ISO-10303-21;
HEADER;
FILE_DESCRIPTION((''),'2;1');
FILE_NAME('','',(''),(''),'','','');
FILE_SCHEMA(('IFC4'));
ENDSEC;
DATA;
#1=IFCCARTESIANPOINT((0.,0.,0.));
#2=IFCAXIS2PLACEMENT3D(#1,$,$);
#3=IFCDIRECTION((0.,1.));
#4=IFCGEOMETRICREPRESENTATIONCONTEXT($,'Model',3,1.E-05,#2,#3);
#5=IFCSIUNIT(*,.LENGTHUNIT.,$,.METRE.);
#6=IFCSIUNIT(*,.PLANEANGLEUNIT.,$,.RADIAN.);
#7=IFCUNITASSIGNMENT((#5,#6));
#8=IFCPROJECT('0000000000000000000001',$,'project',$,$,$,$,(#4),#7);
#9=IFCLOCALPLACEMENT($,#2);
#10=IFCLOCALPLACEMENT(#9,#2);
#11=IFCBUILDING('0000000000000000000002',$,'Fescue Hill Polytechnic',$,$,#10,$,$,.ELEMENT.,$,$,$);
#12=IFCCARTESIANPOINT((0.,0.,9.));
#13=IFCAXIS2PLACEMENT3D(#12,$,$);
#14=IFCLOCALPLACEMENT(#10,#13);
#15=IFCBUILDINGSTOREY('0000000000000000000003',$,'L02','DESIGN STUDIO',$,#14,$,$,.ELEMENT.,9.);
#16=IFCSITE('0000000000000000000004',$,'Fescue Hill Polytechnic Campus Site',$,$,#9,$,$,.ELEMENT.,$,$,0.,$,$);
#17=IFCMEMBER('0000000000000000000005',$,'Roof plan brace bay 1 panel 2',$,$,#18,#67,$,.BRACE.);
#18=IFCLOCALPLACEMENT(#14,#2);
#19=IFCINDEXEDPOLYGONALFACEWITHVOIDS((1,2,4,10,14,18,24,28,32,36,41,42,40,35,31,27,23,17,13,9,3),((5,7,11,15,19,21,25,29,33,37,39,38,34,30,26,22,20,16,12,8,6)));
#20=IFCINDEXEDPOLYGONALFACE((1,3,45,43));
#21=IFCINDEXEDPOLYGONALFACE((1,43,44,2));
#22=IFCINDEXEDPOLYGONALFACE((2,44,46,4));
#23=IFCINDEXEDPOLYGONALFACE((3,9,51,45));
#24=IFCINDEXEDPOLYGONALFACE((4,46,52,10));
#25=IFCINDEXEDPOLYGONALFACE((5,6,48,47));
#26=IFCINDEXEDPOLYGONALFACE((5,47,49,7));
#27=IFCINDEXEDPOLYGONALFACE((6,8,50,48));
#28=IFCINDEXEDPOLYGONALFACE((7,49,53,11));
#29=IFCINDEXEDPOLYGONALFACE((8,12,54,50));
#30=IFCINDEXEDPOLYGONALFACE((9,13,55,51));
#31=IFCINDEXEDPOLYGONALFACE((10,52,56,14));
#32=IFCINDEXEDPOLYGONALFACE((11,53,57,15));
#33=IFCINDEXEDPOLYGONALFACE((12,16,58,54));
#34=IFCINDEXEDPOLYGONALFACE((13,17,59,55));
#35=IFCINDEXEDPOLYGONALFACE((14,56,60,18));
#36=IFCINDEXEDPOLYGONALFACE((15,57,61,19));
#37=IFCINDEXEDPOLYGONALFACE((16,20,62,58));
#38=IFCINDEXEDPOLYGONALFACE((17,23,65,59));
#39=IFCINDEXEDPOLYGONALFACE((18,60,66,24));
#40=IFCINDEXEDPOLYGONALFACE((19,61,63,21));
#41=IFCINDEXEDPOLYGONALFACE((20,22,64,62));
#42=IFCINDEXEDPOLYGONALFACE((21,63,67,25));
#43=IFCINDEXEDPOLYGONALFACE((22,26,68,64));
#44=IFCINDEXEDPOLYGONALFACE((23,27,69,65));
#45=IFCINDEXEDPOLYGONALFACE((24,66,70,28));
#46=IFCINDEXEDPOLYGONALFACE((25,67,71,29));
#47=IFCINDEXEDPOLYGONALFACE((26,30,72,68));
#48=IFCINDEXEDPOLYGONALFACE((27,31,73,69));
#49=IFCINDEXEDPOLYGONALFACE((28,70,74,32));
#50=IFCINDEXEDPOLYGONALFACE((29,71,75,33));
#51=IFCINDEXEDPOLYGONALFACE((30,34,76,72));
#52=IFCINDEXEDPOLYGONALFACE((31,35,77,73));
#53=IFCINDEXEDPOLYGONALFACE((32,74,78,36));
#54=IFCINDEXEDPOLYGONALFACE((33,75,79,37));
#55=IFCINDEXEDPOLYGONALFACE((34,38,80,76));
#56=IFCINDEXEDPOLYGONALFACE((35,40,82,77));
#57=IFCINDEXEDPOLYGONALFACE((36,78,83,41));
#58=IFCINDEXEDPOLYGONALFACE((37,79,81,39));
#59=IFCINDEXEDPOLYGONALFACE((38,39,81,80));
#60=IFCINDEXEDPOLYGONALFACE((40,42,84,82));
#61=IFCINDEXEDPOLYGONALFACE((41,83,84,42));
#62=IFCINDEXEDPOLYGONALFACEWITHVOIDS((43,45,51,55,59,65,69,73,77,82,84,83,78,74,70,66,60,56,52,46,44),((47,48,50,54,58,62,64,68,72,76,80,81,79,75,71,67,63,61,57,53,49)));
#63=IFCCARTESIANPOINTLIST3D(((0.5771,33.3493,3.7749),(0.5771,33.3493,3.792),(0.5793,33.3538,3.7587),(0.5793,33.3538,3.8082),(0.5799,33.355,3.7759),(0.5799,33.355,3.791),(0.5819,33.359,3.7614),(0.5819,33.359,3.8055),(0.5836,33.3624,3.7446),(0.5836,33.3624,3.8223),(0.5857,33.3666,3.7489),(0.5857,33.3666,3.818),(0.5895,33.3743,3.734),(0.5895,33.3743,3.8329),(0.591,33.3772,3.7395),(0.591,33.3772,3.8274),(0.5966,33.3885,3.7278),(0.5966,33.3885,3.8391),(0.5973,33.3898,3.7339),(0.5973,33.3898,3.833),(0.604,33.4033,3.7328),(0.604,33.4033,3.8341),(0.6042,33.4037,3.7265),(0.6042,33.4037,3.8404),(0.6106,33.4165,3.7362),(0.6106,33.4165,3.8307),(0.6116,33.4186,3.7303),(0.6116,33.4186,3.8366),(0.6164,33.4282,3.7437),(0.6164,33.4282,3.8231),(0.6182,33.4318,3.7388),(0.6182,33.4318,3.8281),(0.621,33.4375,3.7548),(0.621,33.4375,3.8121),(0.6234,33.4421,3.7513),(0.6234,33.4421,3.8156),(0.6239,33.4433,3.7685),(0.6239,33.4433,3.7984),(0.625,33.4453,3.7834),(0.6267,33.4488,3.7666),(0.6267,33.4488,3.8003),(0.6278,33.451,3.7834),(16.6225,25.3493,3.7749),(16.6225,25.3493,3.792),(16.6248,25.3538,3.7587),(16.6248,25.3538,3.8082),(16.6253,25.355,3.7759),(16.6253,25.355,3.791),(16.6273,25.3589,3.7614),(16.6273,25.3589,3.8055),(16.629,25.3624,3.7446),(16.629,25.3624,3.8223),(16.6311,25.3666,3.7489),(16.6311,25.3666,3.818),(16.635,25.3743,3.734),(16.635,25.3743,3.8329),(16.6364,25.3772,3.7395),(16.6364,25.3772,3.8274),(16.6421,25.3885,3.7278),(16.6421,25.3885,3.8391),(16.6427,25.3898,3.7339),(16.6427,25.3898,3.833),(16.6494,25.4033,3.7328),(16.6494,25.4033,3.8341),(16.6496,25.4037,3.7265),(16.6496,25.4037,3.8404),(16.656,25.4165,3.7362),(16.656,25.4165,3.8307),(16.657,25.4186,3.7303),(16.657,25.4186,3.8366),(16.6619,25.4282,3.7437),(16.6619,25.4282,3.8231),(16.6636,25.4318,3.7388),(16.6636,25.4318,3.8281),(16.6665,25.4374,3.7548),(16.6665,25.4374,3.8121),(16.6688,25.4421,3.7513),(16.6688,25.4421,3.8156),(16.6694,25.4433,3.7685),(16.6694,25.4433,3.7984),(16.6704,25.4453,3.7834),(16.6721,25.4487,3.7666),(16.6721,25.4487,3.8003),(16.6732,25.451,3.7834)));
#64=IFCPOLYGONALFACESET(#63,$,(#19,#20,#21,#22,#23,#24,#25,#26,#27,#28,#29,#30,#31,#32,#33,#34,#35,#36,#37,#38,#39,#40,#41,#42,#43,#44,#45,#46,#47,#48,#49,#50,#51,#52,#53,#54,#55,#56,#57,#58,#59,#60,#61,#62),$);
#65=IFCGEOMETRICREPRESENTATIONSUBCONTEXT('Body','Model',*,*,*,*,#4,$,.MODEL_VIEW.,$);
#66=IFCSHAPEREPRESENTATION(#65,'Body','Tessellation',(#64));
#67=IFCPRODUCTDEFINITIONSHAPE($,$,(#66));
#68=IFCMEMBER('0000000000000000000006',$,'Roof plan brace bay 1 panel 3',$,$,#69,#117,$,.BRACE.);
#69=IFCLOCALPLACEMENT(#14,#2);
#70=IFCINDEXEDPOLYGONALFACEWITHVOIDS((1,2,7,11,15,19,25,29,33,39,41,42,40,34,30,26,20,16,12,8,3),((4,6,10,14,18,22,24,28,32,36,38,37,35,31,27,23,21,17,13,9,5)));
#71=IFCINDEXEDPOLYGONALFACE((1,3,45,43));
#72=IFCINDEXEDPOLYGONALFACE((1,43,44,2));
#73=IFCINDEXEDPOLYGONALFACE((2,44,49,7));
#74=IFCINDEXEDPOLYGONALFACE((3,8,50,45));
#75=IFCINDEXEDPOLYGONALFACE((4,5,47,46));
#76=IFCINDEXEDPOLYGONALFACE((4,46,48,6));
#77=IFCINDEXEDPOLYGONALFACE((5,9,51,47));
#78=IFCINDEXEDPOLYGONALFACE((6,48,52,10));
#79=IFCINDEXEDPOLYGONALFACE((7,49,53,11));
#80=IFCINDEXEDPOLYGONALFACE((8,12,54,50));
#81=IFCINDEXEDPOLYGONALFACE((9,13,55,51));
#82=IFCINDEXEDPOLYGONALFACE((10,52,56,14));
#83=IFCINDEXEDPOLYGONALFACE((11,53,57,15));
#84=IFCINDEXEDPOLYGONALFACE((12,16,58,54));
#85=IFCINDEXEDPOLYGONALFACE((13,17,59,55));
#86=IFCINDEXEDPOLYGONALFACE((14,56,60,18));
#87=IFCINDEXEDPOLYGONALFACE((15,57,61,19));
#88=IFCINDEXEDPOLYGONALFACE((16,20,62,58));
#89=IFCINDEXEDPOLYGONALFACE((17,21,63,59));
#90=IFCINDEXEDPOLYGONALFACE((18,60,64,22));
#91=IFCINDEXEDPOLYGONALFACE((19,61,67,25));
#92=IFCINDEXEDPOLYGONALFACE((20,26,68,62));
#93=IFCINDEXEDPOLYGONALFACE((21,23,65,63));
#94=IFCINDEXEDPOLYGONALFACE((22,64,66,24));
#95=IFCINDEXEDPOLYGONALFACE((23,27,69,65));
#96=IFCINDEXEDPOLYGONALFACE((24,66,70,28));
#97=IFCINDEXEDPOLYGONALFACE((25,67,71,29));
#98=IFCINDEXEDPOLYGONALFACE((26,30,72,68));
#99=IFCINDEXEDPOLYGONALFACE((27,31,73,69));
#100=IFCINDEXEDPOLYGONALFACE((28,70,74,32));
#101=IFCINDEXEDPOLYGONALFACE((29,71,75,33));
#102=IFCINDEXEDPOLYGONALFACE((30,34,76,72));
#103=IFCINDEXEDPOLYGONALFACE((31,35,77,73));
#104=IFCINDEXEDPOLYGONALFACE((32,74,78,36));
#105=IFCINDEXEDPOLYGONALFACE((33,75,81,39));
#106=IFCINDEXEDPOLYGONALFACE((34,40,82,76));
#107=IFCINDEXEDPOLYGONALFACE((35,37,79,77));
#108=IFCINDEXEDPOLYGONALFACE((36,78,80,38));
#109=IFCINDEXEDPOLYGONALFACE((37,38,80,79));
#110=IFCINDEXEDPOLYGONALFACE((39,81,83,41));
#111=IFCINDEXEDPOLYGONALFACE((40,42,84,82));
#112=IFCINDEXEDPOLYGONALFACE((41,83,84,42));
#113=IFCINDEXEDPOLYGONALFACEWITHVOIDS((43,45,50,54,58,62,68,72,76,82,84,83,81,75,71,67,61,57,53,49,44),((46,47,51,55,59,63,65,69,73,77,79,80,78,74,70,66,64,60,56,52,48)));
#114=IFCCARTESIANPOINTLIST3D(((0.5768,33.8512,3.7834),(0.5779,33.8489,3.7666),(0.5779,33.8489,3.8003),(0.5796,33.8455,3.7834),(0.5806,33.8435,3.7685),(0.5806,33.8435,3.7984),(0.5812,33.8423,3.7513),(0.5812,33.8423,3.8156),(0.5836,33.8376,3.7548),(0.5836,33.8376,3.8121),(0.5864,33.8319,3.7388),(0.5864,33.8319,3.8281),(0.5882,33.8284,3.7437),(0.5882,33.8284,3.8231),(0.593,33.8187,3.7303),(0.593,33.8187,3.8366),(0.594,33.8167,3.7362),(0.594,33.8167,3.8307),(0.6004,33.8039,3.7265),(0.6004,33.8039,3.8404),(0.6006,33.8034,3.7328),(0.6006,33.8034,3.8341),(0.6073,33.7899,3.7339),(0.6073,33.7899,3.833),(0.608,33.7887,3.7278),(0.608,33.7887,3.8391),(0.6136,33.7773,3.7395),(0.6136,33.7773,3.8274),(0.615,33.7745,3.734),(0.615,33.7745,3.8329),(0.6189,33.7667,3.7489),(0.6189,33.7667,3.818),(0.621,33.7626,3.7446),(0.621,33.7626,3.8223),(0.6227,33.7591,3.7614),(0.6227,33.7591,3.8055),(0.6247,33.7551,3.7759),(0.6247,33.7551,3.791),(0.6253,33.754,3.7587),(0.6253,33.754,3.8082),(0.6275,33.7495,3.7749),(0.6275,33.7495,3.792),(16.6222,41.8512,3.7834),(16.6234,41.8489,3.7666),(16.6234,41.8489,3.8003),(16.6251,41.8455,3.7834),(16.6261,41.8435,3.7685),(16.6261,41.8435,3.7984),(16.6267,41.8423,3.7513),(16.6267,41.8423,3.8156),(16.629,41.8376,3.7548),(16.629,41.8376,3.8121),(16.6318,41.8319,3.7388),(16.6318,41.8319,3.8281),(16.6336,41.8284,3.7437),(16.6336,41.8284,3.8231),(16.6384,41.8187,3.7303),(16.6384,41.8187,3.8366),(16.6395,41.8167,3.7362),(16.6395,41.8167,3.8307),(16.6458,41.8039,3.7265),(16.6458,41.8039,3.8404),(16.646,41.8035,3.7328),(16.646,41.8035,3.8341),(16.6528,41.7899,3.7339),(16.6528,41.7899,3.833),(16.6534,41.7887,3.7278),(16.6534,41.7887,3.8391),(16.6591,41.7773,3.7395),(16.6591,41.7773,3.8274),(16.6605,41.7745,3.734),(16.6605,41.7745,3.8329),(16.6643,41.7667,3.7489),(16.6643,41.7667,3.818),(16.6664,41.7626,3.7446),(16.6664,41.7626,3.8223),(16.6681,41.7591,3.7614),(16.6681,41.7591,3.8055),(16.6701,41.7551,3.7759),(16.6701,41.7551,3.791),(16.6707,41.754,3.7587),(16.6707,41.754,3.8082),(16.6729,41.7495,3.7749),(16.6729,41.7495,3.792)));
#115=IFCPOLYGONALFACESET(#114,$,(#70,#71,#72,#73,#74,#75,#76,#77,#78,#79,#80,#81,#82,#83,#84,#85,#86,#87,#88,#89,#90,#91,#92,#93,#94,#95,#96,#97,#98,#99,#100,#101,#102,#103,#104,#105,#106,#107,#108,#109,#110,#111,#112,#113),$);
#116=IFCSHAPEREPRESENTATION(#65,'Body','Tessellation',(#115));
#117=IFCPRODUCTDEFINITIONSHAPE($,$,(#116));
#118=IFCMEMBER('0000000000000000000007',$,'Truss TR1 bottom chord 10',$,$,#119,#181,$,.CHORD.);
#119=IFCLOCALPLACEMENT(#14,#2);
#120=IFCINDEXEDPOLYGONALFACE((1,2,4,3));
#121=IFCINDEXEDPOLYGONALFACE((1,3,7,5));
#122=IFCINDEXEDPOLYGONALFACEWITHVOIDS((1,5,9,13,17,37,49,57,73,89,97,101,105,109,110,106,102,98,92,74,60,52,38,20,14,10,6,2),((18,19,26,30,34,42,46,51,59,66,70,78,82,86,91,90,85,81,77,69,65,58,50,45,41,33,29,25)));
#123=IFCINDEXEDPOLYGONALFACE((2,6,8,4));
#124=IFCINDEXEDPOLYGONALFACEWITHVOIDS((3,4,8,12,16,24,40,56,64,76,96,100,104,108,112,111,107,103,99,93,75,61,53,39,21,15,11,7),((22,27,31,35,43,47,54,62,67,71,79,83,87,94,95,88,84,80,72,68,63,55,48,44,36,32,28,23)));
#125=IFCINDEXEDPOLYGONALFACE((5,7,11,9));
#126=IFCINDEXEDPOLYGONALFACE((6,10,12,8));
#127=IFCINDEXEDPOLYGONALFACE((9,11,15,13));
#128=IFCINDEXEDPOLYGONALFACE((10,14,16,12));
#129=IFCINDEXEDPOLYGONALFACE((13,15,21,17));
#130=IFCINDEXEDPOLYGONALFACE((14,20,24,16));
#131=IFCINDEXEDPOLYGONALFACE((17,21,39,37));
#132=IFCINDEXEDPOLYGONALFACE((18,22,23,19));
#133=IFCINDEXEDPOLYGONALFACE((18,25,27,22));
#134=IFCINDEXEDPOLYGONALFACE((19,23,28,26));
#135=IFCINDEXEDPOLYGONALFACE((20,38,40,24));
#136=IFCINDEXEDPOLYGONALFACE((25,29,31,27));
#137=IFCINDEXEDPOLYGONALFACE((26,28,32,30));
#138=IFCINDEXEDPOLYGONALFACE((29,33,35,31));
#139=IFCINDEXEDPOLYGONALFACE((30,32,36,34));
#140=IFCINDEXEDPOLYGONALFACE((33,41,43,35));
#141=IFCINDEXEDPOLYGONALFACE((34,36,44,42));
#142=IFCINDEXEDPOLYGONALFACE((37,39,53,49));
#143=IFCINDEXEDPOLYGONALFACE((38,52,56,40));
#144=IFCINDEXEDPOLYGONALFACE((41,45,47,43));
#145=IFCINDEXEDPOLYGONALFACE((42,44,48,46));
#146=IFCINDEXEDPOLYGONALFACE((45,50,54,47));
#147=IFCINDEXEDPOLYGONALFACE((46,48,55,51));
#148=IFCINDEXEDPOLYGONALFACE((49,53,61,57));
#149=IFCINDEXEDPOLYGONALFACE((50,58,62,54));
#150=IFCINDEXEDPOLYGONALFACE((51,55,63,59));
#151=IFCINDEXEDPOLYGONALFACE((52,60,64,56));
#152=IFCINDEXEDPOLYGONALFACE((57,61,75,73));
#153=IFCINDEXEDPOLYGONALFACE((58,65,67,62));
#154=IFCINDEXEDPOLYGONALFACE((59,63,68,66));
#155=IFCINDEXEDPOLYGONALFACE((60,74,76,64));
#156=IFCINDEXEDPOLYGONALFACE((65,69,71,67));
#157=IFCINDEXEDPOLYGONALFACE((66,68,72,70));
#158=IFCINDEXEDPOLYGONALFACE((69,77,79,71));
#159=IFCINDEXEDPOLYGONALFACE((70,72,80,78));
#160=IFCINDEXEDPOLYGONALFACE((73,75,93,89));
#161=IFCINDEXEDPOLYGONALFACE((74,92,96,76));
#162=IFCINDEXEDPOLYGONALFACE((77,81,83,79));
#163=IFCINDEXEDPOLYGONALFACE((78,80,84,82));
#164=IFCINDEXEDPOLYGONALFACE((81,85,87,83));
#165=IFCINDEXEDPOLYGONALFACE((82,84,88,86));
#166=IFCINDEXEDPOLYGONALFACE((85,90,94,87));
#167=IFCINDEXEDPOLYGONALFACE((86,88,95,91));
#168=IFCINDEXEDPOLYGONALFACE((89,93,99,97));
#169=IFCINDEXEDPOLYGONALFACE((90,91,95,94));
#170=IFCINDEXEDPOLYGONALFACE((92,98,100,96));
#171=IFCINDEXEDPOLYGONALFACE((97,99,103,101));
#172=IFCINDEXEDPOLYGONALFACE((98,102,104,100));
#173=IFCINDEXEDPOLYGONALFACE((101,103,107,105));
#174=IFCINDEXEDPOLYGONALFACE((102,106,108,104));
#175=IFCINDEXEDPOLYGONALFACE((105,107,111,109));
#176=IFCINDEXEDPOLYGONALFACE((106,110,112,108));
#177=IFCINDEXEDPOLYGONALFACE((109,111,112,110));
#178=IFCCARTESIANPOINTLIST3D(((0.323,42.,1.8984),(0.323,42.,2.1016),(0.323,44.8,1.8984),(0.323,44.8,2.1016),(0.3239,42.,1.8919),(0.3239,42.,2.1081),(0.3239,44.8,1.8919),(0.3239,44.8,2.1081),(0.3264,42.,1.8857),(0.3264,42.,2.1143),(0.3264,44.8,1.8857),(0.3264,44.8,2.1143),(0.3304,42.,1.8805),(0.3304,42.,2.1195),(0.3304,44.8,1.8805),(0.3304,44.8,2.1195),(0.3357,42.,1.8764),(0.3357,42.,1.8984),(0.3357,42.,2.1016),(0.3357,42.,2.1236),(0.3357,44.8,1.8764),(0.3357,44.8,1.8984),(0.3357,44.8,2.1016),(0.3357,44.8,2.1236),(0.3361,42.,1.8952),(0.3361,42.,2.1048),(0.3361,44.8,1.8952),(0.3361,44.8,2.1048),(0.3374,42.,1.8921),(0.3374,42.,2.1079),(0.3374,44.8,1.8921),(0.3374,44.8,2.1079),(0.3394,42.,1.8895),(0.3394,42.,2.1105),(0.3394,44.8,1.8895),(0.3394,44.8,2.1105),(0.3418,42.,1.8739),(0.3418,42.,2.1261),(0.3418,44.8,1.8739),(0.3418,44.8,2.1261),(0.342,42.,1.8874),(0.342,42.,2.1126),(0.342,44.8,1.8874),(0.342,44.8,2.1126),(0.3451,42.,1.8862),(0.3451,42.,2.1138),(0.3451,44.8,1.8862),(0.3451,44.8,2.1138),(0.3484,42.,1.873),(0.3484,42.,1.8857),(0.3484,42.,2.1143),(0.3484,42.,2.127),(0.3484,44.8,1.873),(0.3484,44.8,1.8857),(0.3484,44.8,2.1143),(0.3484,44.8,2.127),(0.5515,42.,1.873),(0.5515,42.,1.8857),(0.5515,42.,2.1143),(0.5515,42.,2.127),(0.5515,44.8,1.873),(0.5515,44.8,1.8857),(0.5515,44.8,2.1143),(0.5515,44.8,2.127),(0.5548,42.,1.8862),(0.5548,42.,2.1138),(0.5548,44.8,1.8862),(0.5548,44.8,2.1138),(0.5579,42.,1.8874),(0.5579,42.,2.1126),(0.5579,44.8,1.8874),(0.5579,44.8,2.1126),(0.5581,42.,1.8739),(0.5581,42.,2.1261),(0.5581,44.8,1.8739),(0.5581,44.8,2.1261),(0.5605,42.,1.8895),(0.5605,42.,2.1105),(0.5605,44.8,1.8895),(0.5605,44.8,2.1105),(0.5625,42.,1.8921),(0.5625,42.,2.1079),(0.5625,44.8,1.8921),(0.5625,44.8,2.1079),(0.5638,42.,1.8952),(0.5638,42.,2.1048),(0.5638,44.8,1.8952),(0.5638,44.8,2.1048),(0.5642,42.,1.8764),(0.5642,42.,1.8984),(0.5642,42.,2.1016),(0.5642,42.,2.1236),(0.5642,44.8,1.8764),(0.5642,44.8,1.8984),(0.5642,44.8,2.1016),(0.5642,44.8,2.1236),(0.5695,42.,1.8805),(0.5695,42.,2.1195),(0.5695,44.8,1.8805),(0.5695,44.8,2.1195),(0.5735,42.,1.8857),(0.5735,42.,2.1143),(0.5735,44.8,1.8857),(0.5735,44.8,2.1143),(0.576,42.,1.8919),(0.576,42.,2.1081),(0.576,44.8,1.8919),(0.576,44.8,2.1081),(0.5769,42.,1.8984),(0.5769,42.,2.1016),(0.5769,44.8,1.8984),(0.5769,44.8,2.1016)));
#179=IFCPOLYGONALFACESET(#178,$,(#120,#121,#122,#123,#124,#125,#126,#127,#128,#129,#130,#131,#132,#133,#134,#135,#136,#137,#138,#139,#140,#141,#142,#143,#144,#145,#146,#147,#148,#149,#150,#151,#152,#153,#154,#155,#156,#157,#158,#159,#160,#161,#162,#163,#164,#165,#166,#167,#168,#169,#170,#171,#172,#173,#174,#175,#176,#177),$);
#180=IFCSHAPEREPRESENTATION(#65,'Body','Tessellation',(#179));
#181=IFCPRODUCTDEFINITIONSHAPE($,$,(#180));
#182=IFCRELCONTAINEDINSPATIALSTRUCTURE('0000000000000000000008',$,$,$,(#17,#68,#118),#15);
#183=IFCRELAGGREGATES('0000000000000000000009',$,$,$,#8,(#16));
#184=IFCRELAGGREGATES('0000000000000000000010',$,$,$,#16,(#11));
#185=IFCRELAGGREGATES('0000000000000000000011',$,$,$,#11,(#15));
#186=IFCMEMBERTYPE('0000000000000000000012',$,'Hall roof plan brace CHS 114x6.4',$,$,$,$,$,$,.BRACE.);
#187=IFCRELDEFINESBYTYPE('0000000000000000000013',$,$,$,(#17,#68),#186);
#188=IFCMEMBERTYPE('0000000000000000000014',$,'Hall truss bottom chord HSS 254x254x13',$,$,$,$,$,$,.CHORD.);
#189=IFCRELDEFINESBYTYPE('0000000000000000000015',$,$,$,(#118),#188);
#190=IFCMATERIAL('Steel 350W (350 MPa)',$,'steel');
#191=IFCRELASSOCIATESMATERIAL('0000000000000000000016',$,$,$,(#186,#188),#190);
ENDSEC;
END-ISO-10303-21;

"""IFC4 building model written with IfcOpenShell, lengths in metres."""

from ifc_helpers import new_model, si_unit, direction, frame, origin, origin_2d, place, context, subcontext, project, spatial, hollow_rectangle, hollow_circle, extrude, material, material_profile, profile_set, type_object, element, save


model = new_model("IFC4")

# Units and contexts
model_context = context("Model", 3, precision=1e-05, world=origin(), true_north=direction((0.0, 1.0)))
body_context = subcontext(model_context, "Body", "Model", "MODEL_VIEW")
ifc_project = project(units=[si_unit("LENGTHUNIT", "METRE"), si_unit("PLANEANGLEUNIT", "RADIAN")], contexts=[model_context])

# Site, building, storey
site_placement = place(None, origin())
site = spatial("IfcSite", under=ifc_project, at=site_placement, Name="Fescue Hill Polytechnic Campus Site", CompositionType="ELEMENT", RefElevation=0.0)
building_placement = place(site_placement, origin())
building = spatial("IfcBuilding", under=site, at=building_placement, Name="Fescue Hill Polytechnic", CompositionType="ELEMENT")
storey_placement = place(building_placement, frame((0.0, 0.0, 9.0)))
storey = spatial("IfcBuildingStorey", under=building, at=storey_placement, Name="L02", Description="DESIGN STUDIO", CompositionType="ELEMENT", Elevation=9.0)

# Members
ifc_material = material(Name="Steel 350W (350 MPa)", Category="steel")
ifc_material_profile_1 = material_profile(ifc_material, hollow_circle(Radius=0.0571, WallThickness=0.0063, at=origin_2d()), Name="Hall roof plan brace CHS 114x6.4")
ifc_profile_set_1 = profile_set([ifc_material_profile_1], Name="Steel 350W (350 MPa)")
member_type_1 = type_object("IfcMemberType", Name="Hall roof plan brace CHS 114x6.4", PredefinedType="BRACE", material=ifc_profile_set_1)
for number, where, z_axis, x_axis, name in (
    (1, (0.6023, 33.3999, 3.7834), (0.894933, -0.4462, 0.0), (0.4462, 0.894933, 0.0), "Roof plan brace bay 1 panel 2"),
    (2, (0.6023, 33.8, 3.7834), (0.894933, 0.4462, 0.0), (-0.4462, 0.894933, 0.0), "Roof plan brace bay 1 panel 3"),
):
    element("IfcMember", number, at=place(storey_placement, frame(where, z_axis=z_axis, x_axis=x_axis)), inside=storey, type_object=member_type_1, Name=name, PredefinedType="BRACE", context=body_context, shape_type="SweptSolid", body=[
        extrude(hollow_circle(Radius=0.0571, WallThickness=0.0063, at=origin_2d()), origin(), (0.0, 0.0, 1.0), 17.9292),
    ])
ifc_material_profile_2 = material_profile(ifc_material, hollow_rectangle(XDim=0.2539, YDim=0.2539, WallThickness=0.0127, InnerFilletRadius=0.0127, OuterFilletRadius=0.0254, at=origin_2d()), Name="Hall truss bottom chord HSS 254x254x13")
ifc_profile_set_2 = profile_set([ifc_material_profile_2], Name="Steel 350W (350 MPa)")
member_type_2 = type_object("IfcMemberType", Name="Hall truss bottom chord HSS 254x254x13", PredefinedType="CHORD", material=ifc_profile_set_2)
for number, where, z_axis, x_axis, name in (
    (3, (0.45, 42.0, 2.0), (0.0, 1.0, 0.0), (-1.0, 0.0, 0.0), "Truss TR1 bottom chord 10"),
):
    element("IfcMember", number, at=place(storey_placement, frame(where, z_axis=z_axis, x_axis=x_axis)), inside=storey, type_object=member_type_2, Name=name, PredefinedType="CHORD", context=body_context, shape_type="SweptSolid", body=[
        extrude(hollow_rectangle(XDim=0.2539, YDim=0.2539, WallThickness=0.0127, InnerFilletRadius=0.0127, OuterFilletRadius=0.0254, at=origin_2d()), origin(), (0.0, 0.0, 1.0), 2.8),
    ])

save(model, "model.ifc")
